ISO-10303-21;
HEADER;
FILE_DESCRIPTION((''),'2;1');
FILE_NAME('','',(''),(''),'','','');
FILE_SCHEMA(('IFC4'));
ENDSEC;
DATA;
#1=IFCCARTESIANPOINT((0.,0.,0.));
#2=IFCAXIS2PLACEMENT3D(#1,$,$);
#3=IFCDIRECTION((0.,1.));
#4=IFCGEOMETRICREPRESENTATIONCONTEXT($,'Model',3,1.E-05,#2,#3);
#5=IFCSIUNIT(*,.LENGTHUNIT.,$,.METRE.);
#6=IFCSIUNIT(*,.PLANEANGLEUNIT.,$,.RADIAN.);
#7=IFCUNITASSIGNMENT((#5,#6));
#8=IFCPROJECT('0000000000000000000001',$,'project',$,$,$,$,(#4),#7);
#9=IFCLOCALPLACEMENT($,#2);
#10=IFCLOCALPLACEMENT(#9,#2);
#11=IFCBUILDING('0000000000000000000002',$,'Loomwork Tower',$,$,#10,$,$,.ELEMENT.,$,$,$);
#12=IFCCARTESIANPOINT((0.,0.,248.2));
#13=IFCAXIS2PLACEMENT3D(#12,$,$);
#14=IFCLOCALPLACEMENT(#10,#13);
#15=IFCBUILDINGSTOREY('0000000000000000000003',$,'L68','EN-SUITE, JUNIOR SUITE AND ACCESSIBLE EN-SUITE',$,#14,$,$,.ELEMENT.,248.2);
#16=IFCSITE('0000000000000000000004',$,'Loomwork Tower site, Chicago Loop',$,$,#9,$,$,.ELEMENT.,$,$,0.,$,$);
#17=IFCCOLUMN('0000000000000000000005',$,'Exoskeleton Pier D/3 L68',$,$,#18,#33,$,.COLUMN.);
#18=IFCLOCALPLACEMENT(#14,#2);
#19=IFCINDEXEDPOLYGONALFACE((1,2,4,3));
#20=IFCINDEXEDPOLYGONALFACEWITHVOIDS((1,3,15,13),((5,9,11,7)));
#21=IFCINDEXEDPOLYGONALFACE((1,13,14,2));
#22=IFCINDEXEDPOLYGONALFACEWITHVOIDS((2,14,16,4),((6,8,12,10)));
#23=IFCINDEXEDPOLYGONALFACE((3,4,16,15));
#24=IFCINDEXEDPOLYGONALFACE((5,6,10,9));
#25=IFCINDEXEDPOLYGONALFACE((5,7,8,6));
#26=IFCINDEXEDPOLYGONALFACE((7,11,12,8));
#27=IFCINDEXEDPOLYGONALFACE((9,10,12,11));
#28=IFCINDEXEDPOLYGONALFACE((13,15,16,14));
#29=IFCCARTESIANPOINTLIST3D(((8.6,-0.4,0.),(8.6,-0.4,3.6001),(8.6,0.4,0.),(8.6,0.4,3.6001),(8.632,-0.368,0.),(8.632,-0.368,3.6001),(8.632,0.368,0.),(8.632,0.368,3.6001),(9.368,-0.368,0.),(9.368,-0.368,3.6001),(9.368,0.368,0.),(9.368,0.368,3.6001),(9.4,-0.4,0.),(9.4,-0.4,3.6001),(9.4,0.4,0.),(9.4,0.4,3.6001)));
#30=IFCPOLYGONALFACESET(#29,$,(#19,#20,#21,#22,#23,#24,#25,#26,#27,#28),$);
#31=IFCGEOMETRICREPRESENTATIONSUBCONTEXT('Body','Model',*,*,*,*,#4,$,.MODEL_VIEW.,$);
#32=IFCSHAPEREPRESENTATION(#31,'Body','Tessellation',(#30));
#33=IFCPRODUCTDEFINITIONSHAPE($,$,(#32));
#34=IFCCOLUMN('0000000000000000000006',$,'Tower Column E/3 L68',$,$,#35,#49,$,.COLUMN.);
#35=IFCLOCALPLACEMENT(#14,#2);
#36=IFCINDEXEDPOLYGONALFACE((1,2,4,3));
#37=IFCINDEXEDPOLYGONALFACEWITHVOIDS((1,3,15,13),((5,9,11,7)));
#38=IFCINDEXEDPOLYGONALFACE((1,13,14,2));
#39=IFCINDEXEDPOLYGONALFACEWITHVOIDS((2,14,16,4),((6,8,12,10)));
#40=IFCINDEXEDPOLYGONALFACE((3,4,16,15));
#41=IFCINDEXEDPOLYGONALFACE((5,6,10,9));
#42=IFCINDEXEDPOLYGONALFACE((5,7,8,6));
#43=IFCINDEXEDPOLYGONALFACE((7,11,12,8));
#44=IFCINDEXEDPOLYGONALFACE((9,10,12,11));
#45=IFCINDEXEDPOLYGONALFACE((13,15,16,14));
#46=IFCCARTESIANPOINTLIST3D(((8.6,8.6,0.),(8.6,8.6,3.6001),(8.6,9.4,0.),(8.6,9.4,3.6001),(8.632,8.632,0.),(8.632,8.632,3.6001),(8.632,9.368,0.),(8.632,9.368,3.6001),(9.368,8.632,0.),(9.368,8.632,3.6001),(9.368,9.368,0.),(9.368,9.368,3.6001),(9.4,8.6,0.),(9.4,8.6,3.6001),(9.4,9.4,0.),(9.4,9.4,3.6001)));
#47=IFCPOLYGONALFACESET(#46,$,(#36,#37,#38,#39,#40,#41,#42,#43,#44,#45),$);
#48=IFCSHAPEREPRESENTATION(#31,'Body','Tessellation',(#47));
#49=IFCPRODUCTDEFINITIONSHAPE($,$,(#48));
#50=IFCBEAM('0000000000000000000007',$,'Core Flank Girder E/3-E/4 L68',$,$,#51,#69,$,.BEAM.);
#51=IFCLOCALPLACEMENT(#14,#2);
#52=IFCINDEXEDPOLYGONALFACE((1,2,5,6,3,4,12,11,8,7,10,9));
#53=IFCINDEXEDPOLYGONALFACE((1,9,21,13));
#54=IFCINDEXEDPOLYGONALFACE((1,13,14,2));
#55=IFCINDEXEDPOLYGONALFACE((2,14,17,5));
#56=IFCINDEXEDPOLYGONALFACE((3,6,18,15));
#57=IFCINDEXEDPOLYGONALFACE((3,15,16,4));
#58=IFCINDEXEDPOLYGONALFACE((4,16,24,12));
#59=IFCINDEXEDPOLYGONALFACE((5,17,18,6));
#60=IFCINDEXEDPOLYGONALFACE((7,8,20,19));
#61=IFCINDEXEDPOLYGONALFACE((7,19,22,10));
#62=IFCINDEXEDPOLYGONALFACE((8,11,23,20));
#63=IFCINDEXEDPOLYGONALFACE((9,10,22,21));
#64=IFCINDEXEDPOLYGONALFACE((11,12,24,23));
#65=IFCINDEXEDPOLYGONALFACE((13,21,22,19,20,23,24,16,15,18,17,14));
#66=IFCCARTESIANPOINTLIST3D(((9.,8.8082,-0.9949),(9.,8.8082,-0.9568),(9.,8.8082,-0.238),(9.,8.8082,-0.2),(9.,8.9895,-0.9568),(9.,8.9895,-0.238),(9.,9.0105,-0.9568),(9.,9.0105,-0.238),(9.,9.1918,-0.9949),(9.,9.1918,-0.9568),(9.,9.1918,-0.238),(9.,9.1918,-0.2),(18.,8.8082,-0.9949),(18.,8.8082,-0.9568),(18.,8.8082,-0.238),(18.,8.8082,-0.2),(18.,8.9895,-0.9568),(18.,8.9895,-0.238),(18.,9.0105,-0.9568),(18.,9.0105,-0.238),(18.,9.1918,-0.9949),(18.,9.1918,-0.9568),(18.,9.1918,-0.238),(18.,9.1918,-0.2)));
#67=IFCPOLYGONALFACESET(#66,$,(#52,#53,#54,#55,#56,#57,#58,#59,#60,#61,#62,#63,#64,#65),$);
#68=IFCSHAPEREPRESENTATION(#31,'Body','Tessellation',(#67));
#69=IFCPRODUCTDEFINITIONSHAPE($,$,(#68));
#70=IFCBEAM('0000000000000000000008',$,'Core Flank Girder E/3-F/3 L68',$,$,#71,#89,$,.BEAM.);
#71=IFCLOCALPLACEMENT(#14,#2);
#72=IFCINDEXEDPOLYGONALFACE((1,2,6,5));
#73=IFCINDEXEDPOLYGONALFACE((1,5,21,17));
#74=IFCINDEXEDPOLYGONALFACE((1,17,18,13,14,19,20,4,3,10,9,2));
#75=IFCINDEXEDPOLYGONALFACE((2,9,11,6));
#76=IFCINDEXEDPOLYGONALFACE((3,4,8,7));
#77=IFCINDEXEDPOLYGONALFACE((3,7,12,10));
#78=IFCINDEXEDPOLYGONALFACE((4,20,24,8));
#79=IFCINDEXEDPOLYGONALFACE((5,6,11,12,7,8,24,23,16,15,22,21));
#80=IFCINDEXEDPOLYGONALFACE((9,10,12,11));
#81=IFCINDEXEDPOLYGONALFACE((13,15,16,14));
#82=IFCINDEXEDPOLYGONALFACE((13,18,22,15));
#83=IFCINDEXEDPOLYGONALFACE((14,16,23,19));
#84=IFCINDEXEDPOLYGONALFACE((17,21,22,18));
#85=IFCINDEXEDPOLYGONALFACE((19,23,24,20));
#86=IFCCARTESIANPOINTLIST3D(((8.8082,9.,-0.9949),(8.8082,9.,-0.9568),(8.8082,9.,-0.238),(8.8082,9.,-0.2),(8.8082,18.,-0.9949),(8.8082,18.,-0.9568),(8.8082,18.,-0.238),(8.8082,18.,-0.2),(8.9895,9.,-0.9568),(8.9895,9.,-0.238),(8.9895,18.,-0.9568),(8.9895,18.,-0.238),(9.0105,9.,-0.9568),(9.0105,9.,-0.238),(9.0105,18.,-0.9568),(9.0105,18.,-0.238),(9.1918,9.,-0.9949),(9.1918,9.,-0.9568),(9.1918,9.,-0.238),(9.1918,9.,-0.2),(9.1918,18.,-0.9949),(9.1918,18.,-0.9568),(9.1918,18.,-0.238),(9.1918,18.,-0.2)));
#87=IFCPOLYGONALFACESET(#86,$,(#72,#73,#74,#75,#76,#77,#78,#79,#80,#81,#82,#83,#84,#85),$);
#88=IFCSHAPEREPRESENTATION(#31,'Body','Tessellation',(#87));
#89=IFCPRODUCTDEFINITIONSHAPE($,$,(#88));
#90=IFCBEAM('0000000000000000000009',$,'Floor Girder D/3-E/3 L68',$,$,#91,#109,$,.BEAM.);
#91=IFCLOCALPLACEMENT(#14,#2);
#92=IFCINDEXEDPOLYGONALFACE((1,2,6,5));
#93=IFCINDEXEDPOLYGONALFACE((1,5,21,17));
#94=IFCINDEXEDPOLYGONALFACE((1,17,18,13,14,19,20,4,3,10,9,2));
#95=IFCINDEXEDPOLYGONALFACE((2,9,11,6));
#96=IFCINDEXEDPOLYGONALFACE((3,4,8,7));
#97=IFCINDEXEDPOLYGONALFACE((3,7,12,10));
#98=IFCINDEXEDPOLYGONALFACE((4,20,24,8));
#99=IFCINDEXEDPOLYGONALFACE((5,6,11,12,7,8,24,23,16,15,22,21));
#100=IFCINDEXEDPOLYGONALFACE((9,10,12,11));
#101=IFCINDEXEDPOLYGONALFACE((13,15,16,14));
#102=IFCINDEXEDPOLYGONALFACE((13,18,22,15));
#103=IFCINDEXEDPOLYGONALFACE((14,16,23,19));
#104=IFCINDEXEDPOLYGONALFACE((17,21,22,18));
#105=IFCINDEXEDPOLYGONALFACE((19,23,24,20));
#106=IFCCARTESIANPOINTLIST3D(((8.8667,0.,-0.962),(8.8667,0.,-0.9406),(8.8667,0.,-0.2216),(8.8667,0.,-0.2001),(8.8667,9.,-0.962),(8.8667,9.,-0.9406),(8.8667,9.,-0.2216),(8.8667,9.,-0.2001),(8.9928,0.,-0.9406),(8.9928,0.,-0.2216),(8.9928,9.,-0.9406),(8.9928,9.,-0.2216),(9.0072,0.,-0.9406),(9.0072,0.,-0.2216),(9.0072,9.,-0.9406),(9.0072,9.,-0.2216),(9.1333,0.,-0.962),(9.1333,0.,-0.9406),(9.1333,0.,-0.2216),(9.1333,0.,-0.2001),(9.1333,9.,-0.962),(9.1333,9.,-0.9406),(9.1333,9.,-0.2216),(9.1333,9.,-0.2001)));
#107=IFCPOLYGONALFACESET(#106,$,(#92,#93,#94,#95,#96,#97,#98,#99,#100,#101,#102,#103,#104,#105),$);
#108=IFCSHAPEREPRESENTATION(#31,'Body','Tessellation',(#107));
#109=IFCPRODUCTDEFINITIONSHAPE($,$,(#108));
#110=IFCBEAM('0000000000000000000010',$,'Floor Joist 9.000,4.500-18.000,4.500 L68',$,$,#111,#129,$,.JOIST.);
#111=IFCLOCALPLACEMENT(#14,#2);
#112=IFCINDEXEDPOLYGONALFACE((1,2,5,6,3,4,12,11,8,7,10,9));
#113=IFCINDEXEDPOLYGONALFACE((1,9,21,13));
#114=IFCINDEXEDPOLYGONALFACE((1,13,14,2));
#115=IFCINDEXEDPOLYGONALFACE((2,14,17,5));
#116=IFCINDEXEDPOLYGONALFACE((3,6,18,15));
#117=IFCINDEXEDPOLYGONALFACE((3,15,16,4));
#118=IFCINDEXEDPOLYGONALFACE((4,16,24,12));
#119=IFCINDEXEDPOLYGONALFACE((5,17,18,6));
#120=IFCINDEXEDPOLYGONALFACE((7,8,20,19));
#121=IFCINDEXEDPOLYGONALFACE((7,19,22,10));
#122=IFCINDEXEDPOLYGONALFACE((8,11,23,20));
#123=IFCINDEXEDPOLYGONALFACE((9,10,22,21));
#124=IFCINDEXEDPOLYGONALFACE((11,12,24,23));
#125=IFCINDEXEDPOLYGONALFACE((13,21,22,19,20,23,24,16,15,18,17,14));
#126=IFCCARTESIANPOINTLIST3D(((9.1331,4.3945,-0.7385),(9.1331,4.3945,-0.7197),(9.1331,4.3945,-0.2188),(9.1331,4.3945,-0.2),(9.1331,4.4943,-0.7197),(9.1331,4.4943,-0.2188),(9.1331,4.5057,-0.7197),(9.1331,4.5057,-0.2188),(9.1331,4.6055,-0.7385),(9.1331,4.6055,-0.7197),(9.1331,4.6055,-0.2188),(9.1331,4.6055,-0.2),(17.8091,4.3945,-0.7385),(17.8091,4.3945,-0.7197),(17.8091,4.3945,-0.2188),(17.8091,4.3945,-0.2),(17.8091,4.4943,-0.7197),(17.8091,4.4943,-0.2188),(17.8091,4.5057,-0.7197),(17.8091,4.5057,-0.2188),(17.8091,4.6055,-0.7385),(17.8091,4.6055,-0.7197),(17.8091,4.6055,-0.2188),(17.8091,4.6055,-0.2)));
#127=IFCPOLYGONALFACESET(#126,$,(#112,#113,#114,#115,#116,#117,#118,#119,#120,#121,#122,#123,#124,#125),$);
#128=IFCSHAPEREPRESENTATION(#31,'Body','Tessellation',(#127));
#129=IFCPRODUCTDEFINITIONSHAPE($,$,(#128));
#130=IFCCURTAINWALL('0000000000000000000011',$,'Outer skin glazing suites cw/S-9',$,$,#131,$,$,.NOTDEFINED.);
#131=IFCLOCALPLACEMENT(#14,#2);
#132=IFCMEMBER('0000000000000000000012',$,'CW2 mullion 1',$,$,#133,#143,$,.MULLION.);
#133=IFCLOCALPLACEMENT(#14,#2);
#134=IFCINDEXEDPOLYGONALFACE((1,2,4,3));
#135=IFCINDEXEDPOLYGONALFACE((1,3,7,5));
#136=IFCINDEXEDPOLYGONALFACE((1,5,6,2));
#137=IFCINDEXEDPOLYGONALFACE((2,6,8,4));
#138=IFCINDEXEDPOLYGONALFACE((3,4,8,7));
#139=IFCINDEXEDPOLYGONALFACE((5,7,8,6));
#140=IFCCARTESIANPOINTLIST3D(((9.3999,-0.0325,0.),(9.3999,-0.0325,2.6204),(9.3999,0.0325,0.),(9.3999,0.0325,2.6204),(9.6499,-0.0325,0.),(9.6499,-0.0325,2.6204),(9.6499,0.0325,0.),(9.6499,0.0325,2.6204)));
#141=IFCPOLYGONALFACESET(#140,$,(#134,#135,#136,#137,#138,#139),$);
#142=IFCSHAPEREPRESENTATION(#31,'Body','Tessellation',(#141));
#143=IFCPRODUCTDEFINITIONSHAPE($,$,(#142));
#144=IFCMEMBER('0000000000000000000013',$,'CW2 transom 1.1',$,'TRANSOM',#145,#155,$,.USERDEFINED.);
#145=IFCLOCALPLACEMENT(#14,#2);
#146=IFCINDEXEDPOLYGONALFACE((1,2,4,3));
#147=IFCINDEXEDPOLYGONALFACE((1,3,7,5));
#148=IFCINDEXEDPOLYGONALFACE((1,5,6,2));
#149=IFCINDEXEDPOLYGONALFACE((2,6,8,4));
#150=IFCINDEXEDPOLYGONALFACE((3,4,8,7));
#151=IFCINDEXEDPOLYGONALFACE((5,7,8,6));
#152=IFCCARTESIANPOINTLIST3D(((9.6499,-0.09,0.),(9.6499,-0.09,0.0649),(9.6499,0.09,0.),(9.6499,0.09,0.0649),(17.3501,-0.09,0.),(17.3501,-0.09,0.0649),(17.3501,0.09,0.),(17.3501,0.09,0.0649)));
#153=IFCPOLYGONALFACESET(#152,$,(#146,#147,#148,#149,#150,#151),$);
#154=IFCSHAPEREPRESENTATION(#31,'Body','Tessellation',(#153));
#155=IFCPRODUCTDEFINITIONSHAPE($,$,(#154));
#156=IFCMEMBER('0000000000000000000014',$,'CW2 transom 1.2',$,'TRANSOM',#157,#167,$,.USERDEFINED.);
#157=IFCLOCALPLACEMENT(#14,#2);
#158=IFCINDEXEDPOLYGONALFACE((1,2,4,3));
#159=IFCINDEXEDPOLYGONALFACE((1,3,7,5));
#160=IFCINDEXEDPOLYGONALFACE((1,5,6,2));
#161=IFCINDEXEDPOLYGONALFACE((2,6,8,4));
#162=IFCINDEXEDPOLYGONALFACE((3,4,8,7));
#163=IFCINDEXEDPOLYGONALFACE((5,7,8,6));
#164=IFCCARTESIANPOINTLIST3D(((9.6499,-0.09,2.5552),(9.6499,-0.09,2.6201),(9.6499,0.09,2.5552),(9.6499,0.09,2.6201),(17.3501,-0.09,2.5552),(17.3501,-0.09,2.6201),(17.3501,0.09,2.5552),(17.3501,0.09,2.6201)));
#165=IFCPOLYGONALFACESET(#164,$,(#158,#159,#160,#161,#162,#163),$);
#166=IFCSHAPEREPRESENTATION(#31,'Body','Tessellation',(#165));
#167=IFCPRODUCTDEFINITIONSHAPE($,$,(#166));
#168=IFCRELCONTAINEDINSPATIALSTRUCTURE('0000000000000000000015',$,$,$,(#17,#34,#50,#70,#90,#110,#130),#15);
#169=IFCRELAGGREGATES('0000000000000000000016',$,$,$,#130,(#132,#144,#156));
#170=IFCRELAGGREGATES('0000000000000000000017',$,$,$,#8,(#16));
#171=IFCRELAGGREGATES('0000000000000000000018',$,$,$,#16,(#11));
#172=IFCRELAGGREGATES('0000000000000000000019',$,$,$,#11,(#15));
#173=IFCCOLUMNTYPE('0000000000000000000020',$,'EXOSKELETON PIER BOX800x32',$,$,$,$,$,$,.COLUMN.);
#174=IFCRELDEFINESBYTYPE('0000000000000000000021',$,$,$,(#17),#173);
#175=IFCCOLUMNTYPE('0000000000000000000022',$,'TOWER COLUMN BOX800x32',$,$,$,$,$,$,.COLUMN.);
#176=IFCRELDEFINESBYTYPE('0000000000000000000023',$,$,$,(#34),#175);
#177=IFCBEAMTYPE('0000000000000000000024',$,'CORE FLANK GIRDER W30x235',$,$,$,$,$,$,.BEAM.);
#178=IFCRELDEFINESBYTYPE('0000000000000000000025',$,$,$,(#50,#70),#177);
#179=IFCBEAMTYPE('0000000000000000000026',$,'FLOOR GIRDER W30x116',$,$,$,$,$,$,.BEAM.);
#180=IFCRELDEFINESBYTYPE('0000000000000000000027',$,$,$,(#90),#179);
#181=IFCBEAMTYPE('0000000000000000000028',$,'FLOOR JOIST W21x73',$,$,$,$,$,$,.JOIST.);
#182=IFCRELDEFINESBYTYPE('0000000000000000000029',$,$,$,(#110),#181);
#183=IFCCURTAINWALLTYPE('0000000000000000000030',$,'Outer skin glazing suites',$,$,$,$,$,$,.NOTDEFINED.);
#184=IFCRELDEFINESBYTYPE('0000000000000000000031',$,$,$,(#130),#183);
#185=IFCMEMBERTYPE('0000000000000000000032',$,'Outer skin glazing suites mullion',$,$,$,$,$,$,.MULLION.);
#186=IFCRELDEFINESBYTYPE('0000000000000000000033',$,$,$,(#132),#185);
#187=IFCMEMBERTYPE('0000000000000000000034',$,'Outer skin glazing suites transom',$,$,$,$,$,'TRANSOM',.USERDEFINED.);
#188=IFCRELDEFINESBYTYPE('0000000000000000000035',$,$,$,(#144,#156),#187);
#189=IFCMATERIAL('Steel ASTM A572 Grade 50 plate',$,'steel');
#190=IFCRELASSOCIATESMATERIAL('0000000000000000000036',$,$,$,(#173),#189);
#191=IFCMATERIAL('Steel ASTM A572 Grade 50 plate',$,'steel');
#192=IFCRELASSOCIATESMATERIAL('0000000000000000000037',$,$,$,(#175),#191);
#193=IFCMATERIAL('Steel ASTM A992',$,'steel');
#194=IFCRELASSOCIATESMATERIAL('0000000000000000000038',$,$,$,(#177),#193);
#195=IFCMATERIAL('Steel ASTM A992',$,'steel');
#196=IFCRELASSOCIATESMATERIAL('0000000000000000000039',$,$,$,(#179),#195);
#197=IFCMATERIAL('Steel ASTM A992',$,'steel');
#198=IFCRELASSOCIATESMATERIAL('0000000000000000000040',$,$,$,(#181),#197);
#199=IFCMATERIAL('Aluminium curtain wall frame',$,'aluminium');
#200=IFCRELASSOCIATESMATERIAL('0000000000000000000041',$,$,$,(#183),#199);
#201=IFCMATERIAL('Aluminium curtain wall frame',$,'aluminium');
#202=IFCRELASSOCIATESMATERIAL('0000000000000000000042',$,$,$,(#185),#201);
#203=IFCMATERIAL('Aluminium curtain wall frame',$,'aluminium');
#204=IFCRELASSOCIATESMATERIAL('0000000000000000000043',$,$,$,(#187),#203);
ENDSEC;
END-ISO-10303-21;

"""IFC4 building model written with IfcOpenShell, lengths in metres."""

from ifc_helpers import new_model, si_unit, direction, frame, origin, origin_2d, place, context, subcontext, project, spatial, rectangle, hollow_rectangle, i_section, extrude, material, material_profile, profile_set, type_object, element, aggregate, save


model = new_model("IFC4")

# Units and contexts
model_context = context("Model", 3, precision=1e-05, world=origin(), true_north=direction((0.0, 1.0)))
body_context = subcontext(model_context, "Body", "Model", "MODEL_VIEW")
ifc_project = project(units=[si_unit("LENGTHUNIT", "METRE"), si_unit("PLANEANGLEUNIT", "RADIAN")], contexts=[model_context])

# Site, building, storey
site_placement = place(None, origin())
site = spatial("IfcSite", under=ifc_project, at=site_placement, Name="Loomwork Tower site, Chicago Loop", CompositionType="ELEMENT", RefElevation=0.0)
building_placement = place(site_placement, origin())
building = spatial("IfcBuilding", under=site, at=building_placement, Name="Loomwork Tower", CompositionType="ELEMENT")
storey_placement = place(building_placement, frame((0.0, 0.0, 248.2)))
storey = spatial("IfcBuildingStorey", under=building, at=storey_placement, Name="L68", Description="EN-SUITE, JUNIOR SUITE AND ACCESSIBLE EN-SUITE", CompositionType="ELEMENT", Elevation=248.2)

# Columns
ifc_material_1 = material(Name="Steel ASTM A572 Grade 50 plate", Category="steel")
ifc_material_profile_1 = material_profile(ifc_material_1, hollow_rectangle(XDim=0.8, YDim=0.8, WallThickness=0.032, at=origin_2d()), Name="BOX800x32")
ifc_profile_set_1 = profile_set([ifc_material_profile_1], Name="Steel ASTM A572 Grade 50 plate")
column_type_1 = type_object("IfcColumnType", Name="EXOSKELETON PIER BOX800x32", PredefinedType="COLUMN", material=ifc_profile_set_1)
column_1_placement = place(storey_placement, frame((9.0, 0.0, 0.0), z_axis=(0.0, 0.0, 1.0), x_axis=(1.0, 0.0, 0.0)))
element("IfcColumn", 1, at=column_1_placement, inside=storey, type_object=column_type_1, Name="Exoskeleton Pier D/3 L68", PredefinedType="COLUMN", context=body_context, shape_type="SweptSolid", body=[
    extrude(hollow_rectangle(XDim=0.8, YDim=0.8, WallThickness=0.032, at=origin_2d()), origin(), (0.0, 0.0, 1.0), 3.6001),
])
ifc_material_2 = material(Name="Steel ASTM A572 Grade 50 plate", Category="steel")
ifc_material_profile_2 = material_profile(ifc_material_2, hollow_rectangle(XDim=0.8, YDim=0.8, WallThickness=0.032, at=origin_2d()), Name="BOX800x32")
ifc_profile_set_2 = profile_set([ifc_material_profile_2], Name="Steel ASTM A572 Grade 50 plate")
column_type_2 = type_object("IfcColumnType", Name="TOWER COLUMN BOX800x32", PredefinedType="COLUMN", material=ifc_profile_set_2)
column_2_placement = place(storey_placement, frame((9.0, 9.0, 0.0), z_axis=(0.0, 0.0, 1.0), x_axis=(1.0, 0.0, 0.0)))
element("IfcColumn", 2, at=column_2_placement, inside=storey, type_object=column_type_2, Name="Tower Column E/3 L68", PredefinedType="COLUMN", context=body_context, shape_type="SweptSolid", body=[
    extrude(hollow_rectangle(XDim=0.8, YDim=0.8, WallThickness=0.032, at=origin_2d()), origin(), (0.0, 0.0, 1.0), 3.6001),
])

# Beams
ifc_material_3 = material(Name="Steel ASTM A992", Category="steel")
ifc_material_profile_3 = material_profile(ifc_material_3, i_section(OverallWidth=0.3835, OverallDepth=0.7949, WebThickness=0.021, FlangeThickness=0.0381, at=origin_2d()), Name="W30x235")
ifc_profile_set_3 = profile_set([ifc_material_profile_3], Name="Steel ASTM A992")
beam_type_1 = type_object("IfcBeamType", Name="CORE FLANK GIRDER W30x235", PredefinedType="BEAM", material=ifc_profile_set_3)
for number, where, z_axis, x_axis, name in (
    (3, (9.0, 9.0, -0.5974), (1.0, 0.0, 0.0), (0.0, 1.0, 0.0), "Core Flank Girder E/3-E/4 L68"),
    (4, (9.0, 9.0, -0.5974), (0.0, 1.0, 0.0), (-1.0, 0.0, 0.0), "Core Flank Girder E/3-F/3 L68"),
):
    element("IfcBeam", number, at=place(storey_placement, frame(where, z_axis=z_axis, x_axis=x_axis)), inside=storey, type_object=beam_type_1, Name=name, PredefinedType="BEAM", context=body_context, shape_type="SweptSolid", body=[
        extrude(i_section(OverallWidth=0.3835, OverallDepth=0.7949, WebThickness=0.021, FlangeThickness=0.0381, at=origin_2d()), origin(), (0.0, 0.0, 1.0), 9.0),
    ])
ifc_material_4 = material(Name="Steel ASTM A992", Category="steel")
ifc_material_profile_4 = material_profile(ifc_material_4, i_section(OverallWidth=0.2666, OverallDepth=0.762, WebThickness=0.0144, FlangeThickness=0.0215, at=origin_2d()), Name="W30x116")
ifc_profile_set_4 = profile_set([ifc_material_profile_4], Name="Steel ASTM A992")
beam_type_2 = type_object("IfcBeamType", Name="FLOOR GIRDER W30x116", PredefinedType="BEAM", material=ifc_profile_set_4)
beam_1_placement = place(storey_placement, frame((9.0, 0.0, -0.5811), z_axis=(0.0, 1.0, 0.0), x_axis=(-1.0, 0.0, 0.0)))
element("IfcBeam", 5, at=beam_1_placement, inside=storey, type_object=beam_type_2, Name="Floor Girder D/3-E/3 L68", PredefinedType="BEAM", context=body_context, shape_type="SweptSolid", body=[
    extrude(i_section(OverallWidth=0.2666, OverallDepth=0.762, WebThickness=0.0144, FlangeThickness=0.0215, at=origin_2d()), origin(), (0.0, 0.0, 1.0), 9.0),
])
ifc_material_5 = material(Name="Steel ASTM A992", Category="steel")
ifc_material_profile_5 = material_profile(ifc_material_5, i_section(OverallWidth=0.2109, OverallDepth=0.5386, WebThickness=0.0115, FlangeThickness=0.0188, at=origin_2d()), Name="W21x73")
ifc_profile_set_5 = profile_set([ifc_material_profile_5], Name="Steel ASTM A992")
beam_type_3 = type_object("IfcBeamType", Name="FLOOR JOIST W21x73", PredefinedType="JOIST", material=ifc_profile_set_5)
beam_2_placement = place(storey_placement, frame((9.1331, 4.5, -0.4692), z_axis=(1.0, 0.0, 0.0), x_axis=(0.0, 1.0, 0.0)))
element("IfcBeam", 6, at=beam_2_placement, inside=storey, type_object=beam_type_3, Name="Floor Joist 9.000,4.500-18.000,4.500 L68", PredefinedType="JOIST", context=body_context, shape_type="SweptSolid", body=[
    extrude(i_section(OverallWidth=0.2109, OverallDepth=0.5386, WebThickness=0.0115, FlangeThickness=0.0188, at=origin_2d()), origin(), (0.0, 0.0, 1.0), 8.676),
])

# Curtain wall, members
ifc_material_6 = material(Name="Aluminium curtain wall frame", Category="aluminium")
curtain_wall_type = type_object("IfcCurtainWallType", Name="Outer skin glazing suites", PredefinedType="NOTDEFINED", material=ifc_material_6)
curtain_wall_placement = place(storey_placement, origin())
curtain_wall = element("IfcCurtainWall", 7, at=curtain_wall_placement, inside=storey, type_object=curtain_wall_type, Name="Outer skin glazing suites cw/S-9", PredefinedType="NOTDEFINED")
ifc_material_7 = material(Name="Aluminium curtain wall frame", Category="aluminium")
ifc_material_profile_6 = material_profile(ifc_material_7, rectangle(XDim=0.0649, YDim=0.25, at=origin_2d()), Name="AL 65x250")
ifc_profile_set_6 = profile_set([ifc_material_profile_6], Name="Aluminium curtain wall frame")
member_type_1 = type_object("IfcMemberType", Name="Outer skin glazing suites mullion", PredefinedType="MULLION", material=ifc_profile_set_6)
member_1_placement = place(storey_placement, frame((9.5249, 0.0, 0.0), z_axis=(0.0, 0.0, 1.0), x_axis=(0.0, 1.0, 0.0)))
member_1 = element("IfcMember", 8, at=member_1_placement, type_object=member_type_1, Name="CW2 mullion 1", PredefinedType="MULLION", context=body_context, shape_type="SweptSolid", body=[
    extrude(rectangle(XDim=0.0649, YDim=0.25, at=origin_2d()), origin(), (0.0, 0.0, 1.0), 2.6204),
])
ifc_material_8 = material(Name="Aluminium curtain wall frame", Category="aluminium")
ifc_material_profile_7 = material_profile(ifc_material_8, rectangle(XDim=0.1799, YDim=0.0649, at=origin_2d()), Name="AL 65x180")
ifc_profile_set_7 = profile_set([ifc_material_profile_7], Name="Aluminium curtain wall frame")
member_type_2 = type_object("IfcMemberType", Name="Outer skin glazing suites transom", ElementType="TRANSOM", PredefinedType="USERDEFINED", material=ifc_profile_set_7)
member_2_placement = place(storey_placement, frame((9.6499, 0.0, 0.0325), z_axis=(1.0, 0.0, 0.0), x_axis=(0.0, 1.0, 0.0)))
member_2 = element("IfcMember", 9, at=member_2_placement, type_object=member_type_2, Name="CW2 transom 1.1", ObjectType="TRANSOM", PredefinedType="USERDEFINED", context=body_context, shape_type="SweptSolid", body=[
    extrude(rectangle(XDim=0.1799, YDim=0.0649, at=origin_2d()), origin(), (0.0, 0.0, 1.0), 7.7002),
])
member_3_placement = place(storey_placement, frame((9.6499, 0.0, 2.5876), z_axis=(1.0, 0.0, 0.0), x_axis=(0.0, 1.0, 0.0)))
member_3 = element("IfcMember", 10, at=member_3_placement, type_object=member_type_2, Name="CW2 transom 1.2", ObjectType="TRANSOM", PredefinedType="USERDEFINED", context=body_context, shape_type="SweptSolid", body=[
    extrude(rectangle(XDim=0.1799, YDim=0.0649, at=origin_2d()), origin(), (0.0, 0.0, 1.0), 7.7002),
])

aggregate(curtain_wall, [member_1, member_2, member_3])

save(model, "model.ifc")
